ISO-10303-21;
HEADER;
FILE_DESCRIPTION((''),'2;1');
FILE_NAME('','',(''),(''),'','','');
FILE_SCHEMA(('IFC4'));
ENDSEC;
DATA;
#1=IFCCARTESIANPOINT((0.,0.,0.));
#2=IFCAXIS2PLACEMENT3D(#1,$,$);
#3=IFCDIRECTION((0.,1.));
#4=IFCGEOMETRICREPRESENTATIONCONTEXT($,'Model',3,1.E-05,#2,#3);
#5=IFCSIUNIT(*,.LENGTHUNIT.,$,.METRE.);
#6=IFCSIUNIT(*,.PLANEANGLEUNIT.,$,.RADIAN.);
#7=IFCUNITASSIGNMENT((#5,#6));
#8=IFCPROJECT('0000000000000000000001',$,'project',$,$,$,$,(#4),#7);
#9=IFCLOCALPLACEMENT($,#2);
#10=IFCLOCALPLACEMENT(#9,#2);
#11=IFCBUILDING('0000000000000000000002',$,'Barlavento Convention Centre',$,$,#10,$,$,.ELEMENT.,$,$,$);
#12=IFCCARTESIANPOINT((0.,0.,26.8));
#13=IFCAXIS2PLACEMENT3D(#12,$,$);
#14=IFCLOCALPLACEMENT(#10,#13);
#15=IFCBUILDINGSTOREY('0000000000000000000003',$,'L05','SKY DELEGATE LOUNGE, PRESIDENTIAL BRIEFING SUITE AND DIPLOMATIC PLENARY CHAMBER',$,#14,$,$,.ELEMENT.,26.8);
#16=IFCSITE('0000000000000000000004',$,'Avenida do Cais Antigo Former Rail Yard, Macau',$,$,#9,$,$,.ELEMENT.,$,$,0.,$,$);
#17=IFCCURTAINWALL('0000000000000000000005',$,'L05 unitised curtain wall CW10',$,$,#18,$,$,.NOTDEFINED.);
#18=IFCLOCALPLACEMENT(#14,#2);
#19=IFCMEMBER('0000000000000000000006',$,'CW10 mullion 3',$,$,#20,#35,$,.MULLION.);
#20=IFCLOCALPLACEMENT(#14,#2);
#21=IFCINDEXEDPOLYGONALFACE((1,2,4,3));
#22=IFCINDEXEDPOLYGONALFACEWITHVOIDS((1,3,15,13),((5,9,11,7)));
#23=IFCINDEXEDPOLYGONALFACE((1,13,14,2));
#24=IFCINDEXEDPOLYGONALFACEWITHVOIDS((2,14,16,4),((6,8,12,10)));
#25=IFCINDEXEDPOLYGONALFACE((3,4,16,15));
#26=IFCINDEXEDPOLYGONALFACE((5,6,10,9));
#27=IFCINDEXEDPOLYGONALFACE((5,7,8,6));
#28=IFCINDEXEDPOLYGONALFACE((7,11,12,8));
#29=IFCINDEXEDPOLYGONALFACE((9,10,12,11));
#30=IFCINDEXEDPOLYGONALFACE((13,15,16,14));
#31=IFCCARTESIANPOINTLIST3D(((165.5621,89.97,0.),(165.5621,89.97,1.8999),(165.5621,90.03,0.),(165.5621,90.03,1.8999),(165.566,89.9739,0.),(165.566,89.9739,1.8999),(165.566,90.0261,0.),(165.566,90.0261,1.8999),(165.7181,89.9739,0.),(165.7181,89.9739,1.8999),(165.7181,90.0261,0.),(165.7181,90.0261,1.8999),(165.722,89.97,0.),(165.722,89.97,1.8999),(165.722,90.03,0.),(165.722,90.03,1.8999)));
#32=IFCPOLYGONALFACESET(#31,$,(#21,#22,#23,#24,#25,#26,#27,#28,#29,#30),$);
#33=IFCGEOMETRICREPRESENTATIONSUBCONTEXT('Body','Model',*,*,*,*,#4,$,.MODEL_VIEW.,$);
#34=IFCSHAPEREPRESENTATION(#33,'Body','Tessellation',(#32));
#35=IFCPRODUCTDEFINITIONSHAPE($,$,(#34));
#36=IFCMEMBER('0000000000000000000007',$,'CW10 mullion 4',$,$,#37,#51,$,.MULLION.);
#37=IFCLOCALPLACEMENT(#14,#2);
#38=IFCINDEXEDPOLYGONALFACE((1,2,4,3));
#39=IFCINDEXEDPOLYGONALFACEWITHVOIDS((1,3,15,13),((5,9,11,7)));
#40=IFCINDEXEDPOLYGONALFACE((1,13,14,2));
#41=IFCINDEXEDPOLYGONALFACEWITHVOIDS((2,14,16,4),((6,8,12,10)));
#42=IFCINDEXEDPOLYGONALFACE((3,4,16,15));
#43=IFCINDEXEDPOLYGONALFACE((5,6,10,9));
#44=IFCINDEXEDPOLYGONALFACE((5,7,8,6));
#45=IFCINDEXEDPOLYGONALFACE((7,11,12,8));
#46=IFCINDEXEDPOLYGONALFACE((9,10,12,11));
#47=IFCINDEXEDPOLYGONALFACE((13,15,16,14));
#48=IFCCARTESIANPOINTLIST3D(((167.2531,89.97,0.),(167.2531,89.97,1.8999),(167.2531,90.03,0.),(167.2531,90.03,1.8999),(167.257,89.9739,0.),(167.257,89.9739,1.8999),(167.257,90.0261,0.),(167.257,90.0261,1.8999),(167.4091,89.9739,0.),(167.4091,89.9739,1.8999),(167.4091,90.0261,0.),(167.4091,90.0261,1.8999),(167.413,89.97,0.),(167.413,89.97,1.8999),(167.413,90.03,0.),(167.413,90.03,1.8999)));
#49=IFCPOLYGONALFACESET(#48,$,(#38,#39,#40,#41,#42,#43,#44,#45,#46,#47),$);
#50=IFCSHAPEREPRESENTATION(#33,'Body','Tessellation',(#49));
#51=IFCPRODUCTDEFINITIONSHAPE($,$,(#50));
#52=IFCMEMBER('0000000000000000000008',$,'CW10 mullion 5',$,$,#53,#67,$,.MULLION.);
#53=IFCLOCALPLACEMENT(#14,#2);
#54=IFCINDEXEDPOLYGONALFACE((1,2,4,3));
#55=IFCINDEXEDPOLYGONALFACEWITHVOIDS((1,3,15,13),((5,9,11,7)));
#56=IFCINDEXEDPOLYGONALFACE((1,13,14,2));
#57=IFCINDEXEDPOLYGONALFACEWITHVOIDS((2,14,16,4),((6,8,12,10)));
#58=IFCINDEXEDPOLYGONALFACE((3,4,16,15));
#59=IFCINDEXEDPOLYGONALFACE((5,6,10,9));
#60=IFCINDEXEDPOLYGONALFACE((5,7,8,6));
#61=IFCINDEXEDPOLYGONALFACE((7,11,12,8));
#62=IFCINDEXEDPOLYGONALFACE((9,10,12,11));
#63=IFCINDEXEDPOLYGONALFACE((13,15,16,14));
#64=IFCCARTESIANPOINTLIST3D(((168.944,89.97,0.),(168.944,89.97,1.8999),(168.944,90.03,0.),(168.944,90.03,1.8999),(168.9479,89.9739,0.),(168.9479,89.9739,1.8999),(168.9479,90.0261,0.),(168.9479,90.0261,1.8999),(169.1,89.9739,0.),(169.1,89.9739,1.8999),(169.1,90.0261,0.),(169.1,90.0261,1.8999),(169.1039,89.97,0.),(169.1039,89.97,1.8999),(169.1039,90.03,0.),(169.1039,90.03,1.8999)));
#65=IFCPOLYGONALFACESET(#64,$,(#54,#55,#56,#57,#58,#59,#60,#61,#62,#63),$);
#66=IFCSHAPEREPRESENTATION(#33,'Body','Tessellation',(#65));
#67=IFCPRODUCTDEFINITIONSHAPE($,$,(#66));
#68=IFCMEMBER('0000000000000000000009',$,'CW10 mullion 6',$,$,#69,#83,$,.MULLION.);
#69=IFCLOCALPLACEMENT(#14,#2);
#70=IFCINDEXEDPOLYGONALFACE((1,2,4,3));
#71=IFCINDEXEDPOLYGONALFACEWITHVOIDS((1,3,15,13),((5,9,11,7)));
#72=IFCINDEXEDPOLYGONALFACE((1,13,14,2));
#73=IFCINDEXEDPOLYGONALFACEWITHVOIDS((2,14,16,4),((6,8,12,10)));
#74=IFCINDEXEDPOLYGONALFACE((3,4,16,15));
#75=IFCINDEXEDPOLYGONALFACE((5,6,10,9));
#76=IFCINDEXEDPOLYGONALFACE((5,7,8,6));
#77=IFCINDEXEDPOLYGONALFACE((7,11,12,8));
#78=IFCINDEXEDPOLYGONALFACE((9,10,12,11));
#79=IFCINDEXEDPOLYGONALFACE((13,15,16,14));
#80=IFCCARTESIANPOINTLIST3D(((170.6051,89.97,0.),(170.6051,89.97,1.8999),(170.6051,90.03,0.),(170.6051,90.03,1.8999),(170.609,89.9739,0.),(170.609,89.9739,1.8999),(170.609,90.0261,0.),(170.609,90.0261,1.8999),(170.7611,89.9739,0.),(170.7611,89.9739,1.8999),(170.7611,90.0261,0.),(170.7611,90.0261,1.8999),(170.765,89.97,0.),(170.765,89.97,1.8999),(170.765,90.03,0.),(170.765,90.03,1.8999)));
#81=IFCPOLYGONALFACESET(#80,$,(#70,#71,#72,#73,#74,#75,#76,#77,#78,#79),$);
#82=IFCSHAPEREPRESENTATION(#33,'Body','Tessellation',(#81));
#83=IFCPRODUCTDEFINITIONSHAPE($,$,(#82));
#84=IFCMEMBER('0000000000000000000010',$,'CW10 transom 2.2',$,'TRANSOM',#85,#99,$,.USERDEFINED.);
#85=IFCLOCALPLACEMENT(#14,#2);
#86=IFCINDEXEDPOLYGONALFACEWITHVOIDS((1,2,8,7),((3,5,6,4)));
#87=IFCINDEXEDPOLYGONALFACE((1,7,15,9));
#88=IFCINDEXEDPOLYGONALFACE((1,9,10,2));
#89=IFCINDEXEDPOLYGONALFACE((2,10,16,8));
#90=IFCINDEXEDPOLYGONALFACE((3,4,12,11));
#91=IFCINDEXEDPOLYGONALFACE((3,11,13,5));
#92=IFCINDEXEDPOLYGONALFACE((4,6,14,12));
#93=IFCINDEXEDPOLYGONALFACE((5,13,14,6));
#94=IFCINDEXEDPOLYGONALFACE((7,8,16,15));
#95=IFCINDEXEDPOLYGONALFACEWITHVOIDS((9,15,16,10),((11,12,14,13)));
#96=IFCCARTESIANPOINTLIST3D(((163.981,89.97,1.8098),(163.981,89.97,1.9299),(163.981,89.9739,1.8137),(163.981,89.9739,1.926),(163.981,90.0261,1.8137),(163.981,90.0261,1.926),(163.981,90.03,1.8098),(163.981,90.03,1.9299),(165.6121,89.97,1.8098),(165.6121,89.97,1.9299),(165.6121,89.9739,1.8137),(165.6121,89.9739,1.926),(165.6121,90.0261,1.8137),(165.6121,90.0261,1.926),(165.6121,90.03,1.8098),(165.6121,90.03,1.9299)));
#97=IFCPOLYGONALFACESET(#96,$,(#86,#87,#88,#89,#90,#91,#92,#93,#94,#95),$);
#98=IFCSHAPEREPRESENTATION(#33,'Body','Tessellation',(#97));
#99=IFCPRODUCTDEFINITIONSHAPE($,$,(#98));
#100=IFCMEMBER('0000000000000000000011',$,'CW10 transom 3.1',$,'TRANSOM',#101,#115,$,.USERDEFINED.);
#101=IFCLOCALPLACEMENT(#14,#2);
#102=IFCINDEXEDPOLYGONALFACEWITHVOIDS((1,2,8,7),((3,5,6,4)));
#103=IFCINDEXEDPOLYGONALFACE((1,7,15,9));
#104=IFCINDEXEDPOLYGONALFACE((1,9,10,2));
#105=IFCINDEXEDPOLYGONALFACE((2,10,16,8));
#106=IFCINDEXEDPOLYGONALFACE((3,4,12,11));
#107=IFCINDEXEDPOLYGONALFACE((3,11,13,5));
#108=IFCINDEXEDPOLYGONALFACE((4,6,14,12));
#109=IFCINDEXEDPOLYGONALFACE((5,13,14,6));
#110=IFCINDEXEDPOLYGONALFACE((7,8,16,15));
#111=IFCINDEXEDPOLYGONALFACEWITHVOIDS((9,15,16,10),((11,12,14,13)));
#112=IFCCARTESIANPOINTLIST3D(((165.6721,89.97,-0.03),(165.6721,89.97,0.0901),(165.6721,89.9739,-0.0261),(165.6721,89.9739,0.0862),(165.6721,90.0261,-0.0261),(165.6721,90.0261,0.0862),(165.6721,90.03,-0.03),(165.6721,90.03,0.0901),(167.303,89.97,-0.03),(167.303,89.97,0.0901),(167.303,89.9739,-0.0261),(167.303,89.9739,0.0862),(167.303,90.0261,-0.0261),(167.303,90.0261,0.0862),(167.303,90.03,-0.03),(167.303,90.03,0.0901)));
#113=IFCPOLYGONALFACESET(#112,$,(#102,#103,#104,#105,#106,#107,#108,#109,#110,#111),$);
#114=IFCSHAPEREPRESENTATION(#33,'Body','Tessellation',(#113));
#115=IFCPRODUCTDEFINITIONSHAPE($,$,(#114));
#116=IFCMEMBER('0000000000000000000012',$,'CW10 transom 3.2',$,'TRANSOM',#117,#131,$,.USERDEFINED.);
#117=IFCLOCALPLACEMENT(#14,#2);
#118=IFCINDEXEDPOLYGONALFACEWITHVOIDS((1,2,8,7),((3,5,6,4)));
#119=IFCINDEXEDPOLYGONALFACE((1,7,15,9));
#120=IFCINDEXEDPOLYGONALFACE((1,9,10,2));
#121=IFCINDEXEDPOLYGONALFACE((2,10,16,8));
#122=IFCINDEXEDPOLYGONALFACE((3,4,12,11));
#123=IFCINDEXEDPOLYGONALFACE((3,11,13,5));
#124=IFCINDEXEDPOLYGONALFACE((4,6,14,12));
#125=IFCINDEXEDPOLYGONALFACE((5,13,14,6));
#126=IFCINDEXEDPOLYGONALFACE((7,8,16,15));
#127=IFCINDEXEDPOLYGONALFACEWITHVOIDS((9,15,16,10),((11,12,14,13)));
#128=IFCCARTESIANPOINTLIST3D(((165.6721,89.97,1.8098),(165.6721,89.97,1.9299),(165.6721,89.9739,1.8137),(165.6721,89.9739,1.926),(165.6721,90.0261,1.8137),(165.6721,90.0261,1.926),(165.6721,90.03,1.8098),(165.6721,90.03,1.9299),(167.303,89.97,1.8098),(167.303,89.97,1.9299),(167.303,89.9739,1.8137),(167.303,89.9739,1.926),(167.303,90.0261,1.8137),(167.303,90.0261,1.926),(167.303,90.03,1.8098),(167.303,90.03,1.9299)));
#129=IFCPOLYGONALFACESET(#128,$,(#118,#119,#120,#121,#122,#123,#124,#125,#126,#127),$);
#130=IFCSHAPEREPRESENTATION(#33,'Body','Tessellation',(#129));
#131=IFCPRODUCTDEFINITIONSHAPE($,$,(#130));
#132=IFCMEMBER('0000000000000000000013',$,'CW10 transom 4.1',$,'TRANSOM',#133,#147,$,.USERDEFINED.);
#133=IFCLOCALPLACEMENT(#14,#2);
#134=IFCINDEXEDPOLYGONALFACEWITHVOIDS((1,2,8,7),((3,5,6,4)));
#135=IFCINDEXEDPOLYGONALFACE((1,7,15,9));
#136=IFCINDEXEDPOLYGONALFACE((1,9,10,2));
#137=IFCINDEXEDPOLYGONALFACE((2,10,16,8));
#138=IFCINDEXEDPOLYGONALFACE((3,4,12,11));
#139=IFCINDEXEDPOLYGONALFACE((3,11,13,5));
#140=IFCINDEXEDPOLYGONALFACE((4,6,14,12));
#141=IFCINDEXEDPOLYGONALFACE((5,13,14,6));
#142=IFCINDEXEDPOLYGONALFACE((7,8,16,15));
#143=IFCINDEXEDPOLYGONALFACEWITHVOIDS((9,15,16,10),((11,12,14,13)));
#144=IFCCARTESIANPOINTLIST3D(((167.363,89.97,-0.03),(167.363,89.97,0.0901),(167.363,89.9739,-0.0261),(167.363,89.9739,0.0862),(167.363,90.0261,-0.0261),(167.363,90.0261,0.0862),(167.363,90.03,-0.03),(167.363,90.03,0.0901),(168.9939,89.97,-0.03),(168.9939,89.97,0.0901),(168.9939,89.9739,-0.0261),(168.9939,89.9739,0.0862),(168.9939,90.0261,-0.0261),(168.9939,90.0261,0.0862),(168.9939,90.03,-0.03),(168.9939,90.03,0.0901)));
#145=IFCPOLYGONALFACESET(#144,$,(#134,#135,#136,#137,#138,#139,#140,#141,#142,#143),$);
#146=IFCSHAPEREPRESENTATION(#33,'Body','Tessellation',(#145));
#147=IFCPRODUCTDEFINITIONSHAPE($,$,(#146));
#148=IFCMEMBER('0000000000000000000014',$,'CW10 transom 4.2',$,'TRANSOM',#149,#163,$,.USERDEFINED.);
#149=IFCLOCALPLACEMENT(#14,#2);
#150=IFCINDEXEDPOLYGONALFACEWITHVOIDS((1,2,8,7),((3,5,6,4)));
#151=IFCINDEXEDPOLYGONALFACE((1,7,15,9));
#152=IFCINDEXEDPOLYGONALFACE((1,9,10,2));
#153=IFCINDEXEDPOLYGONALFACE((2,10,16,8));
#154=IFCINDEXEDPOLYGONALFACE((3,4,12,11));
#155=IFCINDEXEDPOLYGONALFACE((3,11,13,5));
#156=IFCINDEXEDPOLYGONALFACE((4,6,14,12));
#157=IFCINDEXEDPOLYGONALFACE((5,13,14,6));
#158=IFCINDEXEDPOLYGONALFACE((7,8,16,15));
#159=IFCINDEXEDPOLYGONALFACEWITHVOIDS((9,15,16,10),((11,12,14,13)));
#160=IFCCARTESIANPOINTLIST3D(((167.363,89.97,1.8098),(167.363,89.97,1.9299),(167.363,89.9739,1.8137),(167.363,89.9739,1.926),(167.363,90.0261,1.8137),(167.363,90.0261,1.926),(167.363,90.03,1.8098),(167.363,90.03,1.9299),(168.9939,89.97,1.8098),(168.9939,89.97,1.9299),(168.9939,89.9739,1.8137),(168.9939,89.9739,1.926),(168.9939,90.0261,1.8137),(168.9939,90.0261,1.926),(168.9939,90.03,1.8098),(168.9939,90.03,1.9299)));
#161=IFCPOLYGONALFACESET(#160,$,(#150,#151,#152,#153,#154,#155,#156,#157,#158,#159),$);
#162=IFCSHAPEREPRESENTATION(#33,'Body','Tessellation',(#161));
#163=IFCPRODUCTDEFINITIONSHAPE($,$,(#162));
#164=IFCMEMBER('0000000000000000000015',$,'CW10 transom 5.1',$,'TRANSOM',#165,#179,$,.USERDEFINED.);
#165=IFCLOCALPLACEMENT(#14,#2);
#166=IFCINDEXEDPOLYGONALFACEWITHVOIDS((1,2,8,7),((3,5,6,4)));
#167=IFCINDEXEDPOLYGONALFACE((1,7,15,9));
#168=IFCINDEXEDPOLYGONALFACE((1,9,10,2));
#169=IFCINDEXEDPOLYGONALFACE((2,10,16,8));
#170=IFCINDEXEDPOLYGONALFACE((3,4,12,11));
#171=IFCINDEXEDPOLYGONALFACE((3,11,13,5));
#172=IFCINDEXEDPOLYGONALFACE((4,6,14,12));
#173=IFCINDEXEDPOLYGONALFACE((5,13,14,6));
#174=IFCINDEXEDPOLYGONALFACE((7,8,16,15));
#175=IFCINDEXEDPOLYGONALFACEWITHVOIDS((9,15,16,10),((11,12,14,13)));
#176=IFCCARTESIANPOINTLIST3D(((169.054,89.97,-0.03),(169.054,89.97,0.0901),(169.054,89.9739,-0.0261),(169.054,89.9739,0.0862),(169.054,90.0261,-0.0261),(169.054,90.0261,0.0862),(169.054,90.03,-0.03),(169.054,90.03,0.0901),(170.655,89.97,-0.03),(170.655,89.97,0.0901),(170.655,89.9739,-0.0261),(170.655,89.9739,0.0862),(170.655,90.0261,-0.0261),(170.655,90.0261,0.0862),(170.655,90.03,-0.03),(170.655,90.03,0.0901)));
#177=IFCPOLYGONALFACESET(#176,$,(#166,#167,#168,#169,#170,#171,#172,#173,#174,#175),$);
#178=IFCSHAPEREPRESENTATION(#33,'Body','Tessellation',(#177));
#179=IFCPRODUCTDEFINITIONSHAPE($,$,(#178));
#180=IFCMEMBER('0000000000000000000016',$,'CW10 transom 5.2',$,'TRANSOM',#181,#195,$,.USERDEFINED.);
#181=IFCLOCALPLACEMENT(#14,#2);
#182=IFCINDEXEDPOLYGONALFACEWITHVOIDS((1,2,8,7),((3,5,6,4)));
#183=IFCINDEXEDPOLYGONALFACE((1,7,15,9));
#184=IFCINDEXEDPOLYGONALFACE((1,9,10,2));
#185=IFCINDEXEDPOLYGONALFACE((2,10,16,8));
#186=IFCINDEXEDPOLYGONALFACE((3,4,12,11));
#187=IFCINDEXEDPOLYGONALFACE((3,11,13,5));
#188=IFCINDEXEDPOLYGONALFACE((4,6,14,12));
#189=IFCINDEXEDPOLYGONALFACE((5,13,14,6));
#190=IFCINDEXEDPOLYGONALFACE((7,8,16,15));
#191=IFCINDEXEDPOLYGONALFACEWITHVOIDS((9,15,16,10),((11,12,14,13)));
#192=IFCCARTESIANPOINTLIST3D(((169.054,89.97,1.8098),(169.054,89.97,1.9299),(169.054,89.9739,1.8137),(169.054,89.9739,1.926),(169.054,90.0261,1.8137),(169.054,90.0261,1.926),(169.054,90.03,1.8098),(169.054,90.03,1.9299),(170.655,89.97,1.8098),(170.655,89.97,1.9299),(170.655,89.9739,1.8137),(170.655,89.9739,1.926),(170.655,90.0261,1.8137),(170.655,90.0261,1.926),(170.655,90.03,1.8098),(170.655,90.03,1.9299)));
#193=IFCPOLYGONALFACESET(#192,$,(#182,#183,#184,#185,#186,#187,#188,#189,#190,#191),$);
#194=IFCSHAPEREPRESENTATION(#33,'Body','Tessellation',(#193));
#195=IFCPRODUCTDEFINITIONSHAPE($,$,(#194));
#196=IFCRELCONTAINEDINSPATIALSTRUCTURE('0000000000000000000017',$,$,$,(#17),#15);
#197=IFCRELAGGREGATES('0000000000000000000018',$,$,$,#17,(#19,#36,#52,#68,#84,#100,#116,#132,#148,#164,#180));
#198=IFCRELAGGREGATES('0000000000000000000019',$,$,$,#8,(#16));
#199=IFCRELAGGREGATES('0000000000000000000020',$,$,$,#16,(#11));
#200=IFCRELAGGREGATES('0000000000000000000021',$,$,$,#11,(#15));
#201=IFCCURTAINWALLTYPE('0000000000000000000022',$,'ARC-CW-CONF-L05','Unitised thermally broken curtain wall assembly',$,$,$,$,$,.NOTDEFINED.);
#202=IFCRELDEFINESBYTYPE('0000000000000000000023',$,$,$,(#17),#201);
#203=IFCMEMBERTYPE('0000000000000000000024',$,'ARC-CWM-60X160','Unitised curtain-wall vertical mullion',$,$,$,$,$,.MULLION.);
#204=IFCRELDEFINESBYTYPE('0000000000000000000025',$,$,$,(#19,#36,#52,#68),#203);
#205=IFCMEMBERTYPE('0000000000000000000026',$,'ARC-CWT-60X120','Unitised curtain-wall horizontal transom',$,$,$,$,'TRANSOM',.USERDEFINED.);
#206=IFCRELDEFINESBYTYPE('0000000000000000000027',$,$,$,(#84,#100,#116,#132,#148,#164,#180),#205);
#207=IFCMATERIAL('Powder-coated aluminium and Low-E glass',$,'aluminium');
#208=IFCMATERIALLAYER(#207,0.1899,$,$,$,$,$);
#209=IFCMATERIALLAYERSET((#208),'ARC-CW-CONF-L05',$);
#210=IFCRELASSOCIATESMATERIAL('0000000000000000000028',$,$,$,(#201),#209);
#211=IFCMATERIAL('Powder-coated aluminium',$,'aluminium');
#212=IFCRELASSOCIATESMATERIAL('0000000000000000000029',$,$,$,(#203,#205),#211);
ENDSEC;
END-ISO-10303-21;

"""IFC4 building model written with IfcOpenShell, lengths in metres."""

from ifc_helpers import new_model, si_unit, direction, frame, origin, origin_2d, place, context, subcontext, project, spatial, hollow_rectangle, extrude, material, layer, layer_set, material_profile, profile_set, type_object, element, aggregate, save


model = new_model("IFC4")

# Units and contexts
model_context = context("Model", 3, precision=1e-05, world=origin(), true_north=direction((0.0, 1.0)))
body_context = subcontext(model_context, "Body", "Model", "MODEL_VIEW")
ifc_project = project(units=[si_unit("LENGTHUNIT", "METRE"), si_unit("PLANEANGLEUNIT", "RADIAN")], contexts=[model_context])

# Site, building, storey
site_placement = place(None, origin())
site = spatial("IfcSite", under=ifc_project, at=site_placement, Name="Avenida do Cais Antigo Former Rail Yard, Macau", CompositionType="ELEMENT", RefElevation=0.0)
building_placement = place(site_placement, origin())
building = spatial("IfcBuilding", under=site, at=building_placement, Name="Barlavento Convention Centre", CompositionType="ELEMENT")
storey_placement = place(building_placement, frame((0.0, 0.0, 26.8)))
storey = spatial("IfcBuildingStorey", under=building, at=storey_placement, Name="L05", Description="SKY DELEGATE LOUNGE, PRESIDENTIAL BRIEFING SUITE AND DIPLOMATIC PLENARY CHAMBER", CompositionType="ELEMENT", Elevation=26.8)

# Curtain wall, members
ifc_material_1 = material(Name="Powder-coated aluminium and Low-E glass", Category="aluminium")
ifc_layer_1 = layer(ifc_material_1, 0.1899)
ifc_layer_set_1 = layer_set([ifc_layer_1], Name="ARC-CW-CONF-L05")
curtain_wall_type = type_object("IfcCurtainWallType", Name="ARC-CW-CONF-L05", Description="Unitised thermally broken curtain wall assembly", PredefinedType="NOTDEFINED", material=ifc_layer_set_1)
curtain_wall_1_placement = place(storey_placement, origin())
curtain_wall_1 = element("IfcCurtainWall", 1, at=curtain_wall_1_placement, inside=storey, type_object=curtain_wall_type, Name="L05 unitised curtain wall CW10", PredefinedType="NOTDEFINED")
ifc_material_2 = material(Name="Powder-coated aluminium", Category="aluminium")
ifc_material_profile_1 = material_profile(ifc_material_2, hollow_rectangle(XDim=0.0601, YDim=0.1599, WallThickness=0.0039, at=origin_2d()), Name="AL-MULL 60x160x4")
ifc_profile_set_1 = profile_set([ifc_material_profile_1], Name="Powder-coated aluminium")
member_type_1 = type_object("IfcMemberType", Name="ARC-CWM-60X160", Description="Unitised curtain-wall vertical mullion", PredefinedType="MULLION", material=ifc_profile_set_1)
member_1_placement = place(storey_placement, frame((165.6421, 90.0, 0.0), z_axis=(0.0, 0.0, 1.0), x_axis=(0.0, 1.0, 0.0)))
member_1 = element("IfcMember", 2, at=member_1_placement, type_object=member_type_1, Name="CW10 mullion 3", PredefinedType="MULLION", context=body_context, shape_type="SweptSolid", body=[
    extrude(hollow_rectangle(XDim=0.0601, YDim=0.1599, WallThickness=0.0039, at=origin_2d()), origin(), (0.0, 0.0, 1.0), 1.8999),
])
member_2_placement = place(storey_placement, frame((167.333, 90.0, 0.0), z_axis=(0.0, 0.0, 1.0), x_axis=(0.0, 1.0, 0.0)))
member_2 = element("IfcMember", 3, at=member_2_placement, type_object=member_type_1, Name="CW10 mullion 4", PredefinedType="MULLION", context=body_context, shape_type="SweptSolid", body=[
    extrude(hollow_rectangle(XDim=0.0601, YDim=0.1599, WallThickness=0.0039, at=origin_2d()), origin(), (0.0, 0.0, 1.0), 1.8999),
])
member_3_placement = place(storey_placement, frame((169.0239, 90.0, 0.0), z_axis=(0.0, 0.0, 1.0), x_axis=(0.0, 1.0, 0.0)))
member_3 = element("IfcMember", 4, at=member_3_placement, type_object=member_type_1, Name="CW10 mullion 5", PredefinedType="MULLION", context=body_context, shape_type="SweptSolid", body=[
    extrude(hollow_rectangle(XDim=0.0601, YDim=0.1599, WallThickness=0.0039, at=origin_2d()), origin(), (0.0, 0.0, 1.0), 1.8999),
])
member_4_placement = place(storey_placement, frame((170.6851, 90.0, 0.0), z_axis=(0.0, 0.0, 1.0), x_axis=(0.0, 1.0, 0.0)))
member_4 = element("IfcMember", 5, at=member_4_placement, type_object=member_type_1, Name="CW10 mullion 6", PredefinedType="MULLION", context=body_context, shape_type="SweptSolid", body=[
    extrude(hollow_rectangle(XDim=0.0601, YDim=0.1599, WallThickness=0.0039, at=origin_2d()), origin(), (0.0, 0.0, 1.0), 1.8999),
])
ifc_material_profile_2 = material_profile(ifc_material_2, hollow_rectangle(XDim=0.0601, YDim=0.1201, WallThickness=0.0039, at=origin_2d()), Name="AL-TRAN 60x120x4")
ifc_profile_set_2 = profile_set([ifc_material_profile_2], Name="Powder-coated aluminium")
member_type_2 = type_object("IfcMemberType", Name="ARC-CWT-60X120", Description="Unitised curtain-wall horizontal transom", ElementType="TRANSOM", PredefinedType="USERDEFINED", material=ifc_profile_set_2)
member_5_placement = place(storey_placement, frame((163.981, 90.0, 1.8699), z_axis=(1.0, 0.0, 0.0), x_axis=(0.0, 1.0, 0.0)))
member_5 = element("IfcMember", 6, at=member_5_placement, type_object=member_type_2, Name="CW10 transom 2.2", ObjectType="TRANSOM", PredefinedType="USERDEFINED", context=body_context, shape_type="SweptSolid", body=[
    extrude(hollow_rectangle(XDim=0.0601, YDim=0.1201, WallThickness=0.0039, at=origin_2d()), origin(), (0.0, 0.0, 1.0), 1.6311),
])
member_6_placement = place(storey_placement, frame((165.6721, 90.0, 0.03), z_axis=(1.0, 0.0, 0.0), x_axis=(0.0, 1.0, 0.0)))
member_6 = element("IfcMember", 7, at=member_6_placement, type_object=member_type_2, Name="CW10 transom 3.1", ObjectType="TRANSOM", PredefinedType="USERDEFINED", context=body_context, shape_type="SweptSolid", body=[
    extrude(hollow_rectangle(XDim=0.0601, YDim=0.1201, WallThickness=0.0039, at=origin_2d()), origin(), (0.0, 0.0, 1.0), 1.6309),
])
member_7_placement = place(storey_placement, frame((165.6721, 90.0, 1.8699), z_axis=(1.0, 0.0, 0.0), x_axis=(0.0, 1.0, 0.0)))
member_7 = element("IfcMember", 8, at=member_7_placement, type_object=member_type_2, Name="CW10 transom 3.2", ObjectType="TRANSOM", PredefinedType="USERDEFINED", context=body_context, shape_type="SweptSolid", body=[
    extrude(hollow_rectangle(XDim=0.0601, YDim=0.1201, WallThickness=0.0039, at=origin_2d()), origin(), (0.0, 0.0, 1.0), 1.6309),
])
member_8_placement = place(storey_placement, frame((167.363, 90.0, 0.03), z_axis=(1.0, 0.0, 0.0), x_axis=(0.0, 1.0, 0.0)))
member_8 = element("IfcMember", 9, at=member_8_placement, type_object=member_type_2, Name="CW10 transom 4.1", ObjectType="TRANSOM", PredefinedType="USERDEFINED", context=body_context, shape_type="SweptSolid", body=[
    extrude(hollow_rectangle(XDim=0.0601, YDim=0.1201, WallThickness=0.0039, at=origin_2d()), origin(), (0.0, 0.0, 1.0), 1.6309),
])
member_9_placement = place(storey_placement, frame((167.363, 90.0, 1.8699), z_axis=(1.0, 0.0, 0.0), x_axis=(0.0, 1.0, 0.0)))
member_9 = element("IfcMember", 10, at=member_9_placement, type_object=member_type_2, Name="CW10 transom 4.2", ObjectType="TRANSOM", PredefinedType="USERDEFINED", context=body_context, shape_type="SweptSolid", body=[
    extrude(hollow_rectangle(XDim=0.0601, YDim=0.1201, WallThickness=0.0039, at=origin_2d()), origin(), (0.0, 0.0, 1.0), 1.6309),
])
member_10_placement = place(storey_placement, frame((169.054, 90.0, 0.03), z_axis=(1.0, 0.0, 0.0), x_axis=(0.0, 1.0, 0.0)))
member_10 = element("IfcMember", 11, at=member_10_placement, type_object=member_type_2, Name="CW10 transom 5.1", ObjectType="TRANSOM", PredefinedType="USERDEFINED", context=body_context, shape_type="SweptSolid", body=[
    extrude(hollow_rectangle(XDim=0.0601, YDim=0.1201, WallThickness=0.0039, at=origin_2d()), origin(), (0.0, 0.0, 1.0), 1.6011),
])
member_11_placement = place(storey_placement, frame((169.054, 90.0, 1.8699), z_axis=(1.0, 0.0, 0.0), x_axis=(0.0, 1.0, 0.0)))
member_11 = element("IfcMember", 12, at=member_11_placement, type_object=member_type_2, Name="CW10 transom 5.2", ObjectType="TRANSOM", PredefinedType="USERDEFINED", context=body_context, shape_type="SweptSolid", body=[
    extrude(hollow_rectangle(XDim=0.0601, YDim=0.1201, WallThickness=0.0039, at=origin_2d()), origin(), (0.0, 0.0, 1.0), 1.6011),
])

aggregate(curtain_wall_1, [member_1, member_2, member_3, member_4, member_5, member_6, member_7, member_8, member_9, member_10, member_11])

save(model, "model.ifc")
